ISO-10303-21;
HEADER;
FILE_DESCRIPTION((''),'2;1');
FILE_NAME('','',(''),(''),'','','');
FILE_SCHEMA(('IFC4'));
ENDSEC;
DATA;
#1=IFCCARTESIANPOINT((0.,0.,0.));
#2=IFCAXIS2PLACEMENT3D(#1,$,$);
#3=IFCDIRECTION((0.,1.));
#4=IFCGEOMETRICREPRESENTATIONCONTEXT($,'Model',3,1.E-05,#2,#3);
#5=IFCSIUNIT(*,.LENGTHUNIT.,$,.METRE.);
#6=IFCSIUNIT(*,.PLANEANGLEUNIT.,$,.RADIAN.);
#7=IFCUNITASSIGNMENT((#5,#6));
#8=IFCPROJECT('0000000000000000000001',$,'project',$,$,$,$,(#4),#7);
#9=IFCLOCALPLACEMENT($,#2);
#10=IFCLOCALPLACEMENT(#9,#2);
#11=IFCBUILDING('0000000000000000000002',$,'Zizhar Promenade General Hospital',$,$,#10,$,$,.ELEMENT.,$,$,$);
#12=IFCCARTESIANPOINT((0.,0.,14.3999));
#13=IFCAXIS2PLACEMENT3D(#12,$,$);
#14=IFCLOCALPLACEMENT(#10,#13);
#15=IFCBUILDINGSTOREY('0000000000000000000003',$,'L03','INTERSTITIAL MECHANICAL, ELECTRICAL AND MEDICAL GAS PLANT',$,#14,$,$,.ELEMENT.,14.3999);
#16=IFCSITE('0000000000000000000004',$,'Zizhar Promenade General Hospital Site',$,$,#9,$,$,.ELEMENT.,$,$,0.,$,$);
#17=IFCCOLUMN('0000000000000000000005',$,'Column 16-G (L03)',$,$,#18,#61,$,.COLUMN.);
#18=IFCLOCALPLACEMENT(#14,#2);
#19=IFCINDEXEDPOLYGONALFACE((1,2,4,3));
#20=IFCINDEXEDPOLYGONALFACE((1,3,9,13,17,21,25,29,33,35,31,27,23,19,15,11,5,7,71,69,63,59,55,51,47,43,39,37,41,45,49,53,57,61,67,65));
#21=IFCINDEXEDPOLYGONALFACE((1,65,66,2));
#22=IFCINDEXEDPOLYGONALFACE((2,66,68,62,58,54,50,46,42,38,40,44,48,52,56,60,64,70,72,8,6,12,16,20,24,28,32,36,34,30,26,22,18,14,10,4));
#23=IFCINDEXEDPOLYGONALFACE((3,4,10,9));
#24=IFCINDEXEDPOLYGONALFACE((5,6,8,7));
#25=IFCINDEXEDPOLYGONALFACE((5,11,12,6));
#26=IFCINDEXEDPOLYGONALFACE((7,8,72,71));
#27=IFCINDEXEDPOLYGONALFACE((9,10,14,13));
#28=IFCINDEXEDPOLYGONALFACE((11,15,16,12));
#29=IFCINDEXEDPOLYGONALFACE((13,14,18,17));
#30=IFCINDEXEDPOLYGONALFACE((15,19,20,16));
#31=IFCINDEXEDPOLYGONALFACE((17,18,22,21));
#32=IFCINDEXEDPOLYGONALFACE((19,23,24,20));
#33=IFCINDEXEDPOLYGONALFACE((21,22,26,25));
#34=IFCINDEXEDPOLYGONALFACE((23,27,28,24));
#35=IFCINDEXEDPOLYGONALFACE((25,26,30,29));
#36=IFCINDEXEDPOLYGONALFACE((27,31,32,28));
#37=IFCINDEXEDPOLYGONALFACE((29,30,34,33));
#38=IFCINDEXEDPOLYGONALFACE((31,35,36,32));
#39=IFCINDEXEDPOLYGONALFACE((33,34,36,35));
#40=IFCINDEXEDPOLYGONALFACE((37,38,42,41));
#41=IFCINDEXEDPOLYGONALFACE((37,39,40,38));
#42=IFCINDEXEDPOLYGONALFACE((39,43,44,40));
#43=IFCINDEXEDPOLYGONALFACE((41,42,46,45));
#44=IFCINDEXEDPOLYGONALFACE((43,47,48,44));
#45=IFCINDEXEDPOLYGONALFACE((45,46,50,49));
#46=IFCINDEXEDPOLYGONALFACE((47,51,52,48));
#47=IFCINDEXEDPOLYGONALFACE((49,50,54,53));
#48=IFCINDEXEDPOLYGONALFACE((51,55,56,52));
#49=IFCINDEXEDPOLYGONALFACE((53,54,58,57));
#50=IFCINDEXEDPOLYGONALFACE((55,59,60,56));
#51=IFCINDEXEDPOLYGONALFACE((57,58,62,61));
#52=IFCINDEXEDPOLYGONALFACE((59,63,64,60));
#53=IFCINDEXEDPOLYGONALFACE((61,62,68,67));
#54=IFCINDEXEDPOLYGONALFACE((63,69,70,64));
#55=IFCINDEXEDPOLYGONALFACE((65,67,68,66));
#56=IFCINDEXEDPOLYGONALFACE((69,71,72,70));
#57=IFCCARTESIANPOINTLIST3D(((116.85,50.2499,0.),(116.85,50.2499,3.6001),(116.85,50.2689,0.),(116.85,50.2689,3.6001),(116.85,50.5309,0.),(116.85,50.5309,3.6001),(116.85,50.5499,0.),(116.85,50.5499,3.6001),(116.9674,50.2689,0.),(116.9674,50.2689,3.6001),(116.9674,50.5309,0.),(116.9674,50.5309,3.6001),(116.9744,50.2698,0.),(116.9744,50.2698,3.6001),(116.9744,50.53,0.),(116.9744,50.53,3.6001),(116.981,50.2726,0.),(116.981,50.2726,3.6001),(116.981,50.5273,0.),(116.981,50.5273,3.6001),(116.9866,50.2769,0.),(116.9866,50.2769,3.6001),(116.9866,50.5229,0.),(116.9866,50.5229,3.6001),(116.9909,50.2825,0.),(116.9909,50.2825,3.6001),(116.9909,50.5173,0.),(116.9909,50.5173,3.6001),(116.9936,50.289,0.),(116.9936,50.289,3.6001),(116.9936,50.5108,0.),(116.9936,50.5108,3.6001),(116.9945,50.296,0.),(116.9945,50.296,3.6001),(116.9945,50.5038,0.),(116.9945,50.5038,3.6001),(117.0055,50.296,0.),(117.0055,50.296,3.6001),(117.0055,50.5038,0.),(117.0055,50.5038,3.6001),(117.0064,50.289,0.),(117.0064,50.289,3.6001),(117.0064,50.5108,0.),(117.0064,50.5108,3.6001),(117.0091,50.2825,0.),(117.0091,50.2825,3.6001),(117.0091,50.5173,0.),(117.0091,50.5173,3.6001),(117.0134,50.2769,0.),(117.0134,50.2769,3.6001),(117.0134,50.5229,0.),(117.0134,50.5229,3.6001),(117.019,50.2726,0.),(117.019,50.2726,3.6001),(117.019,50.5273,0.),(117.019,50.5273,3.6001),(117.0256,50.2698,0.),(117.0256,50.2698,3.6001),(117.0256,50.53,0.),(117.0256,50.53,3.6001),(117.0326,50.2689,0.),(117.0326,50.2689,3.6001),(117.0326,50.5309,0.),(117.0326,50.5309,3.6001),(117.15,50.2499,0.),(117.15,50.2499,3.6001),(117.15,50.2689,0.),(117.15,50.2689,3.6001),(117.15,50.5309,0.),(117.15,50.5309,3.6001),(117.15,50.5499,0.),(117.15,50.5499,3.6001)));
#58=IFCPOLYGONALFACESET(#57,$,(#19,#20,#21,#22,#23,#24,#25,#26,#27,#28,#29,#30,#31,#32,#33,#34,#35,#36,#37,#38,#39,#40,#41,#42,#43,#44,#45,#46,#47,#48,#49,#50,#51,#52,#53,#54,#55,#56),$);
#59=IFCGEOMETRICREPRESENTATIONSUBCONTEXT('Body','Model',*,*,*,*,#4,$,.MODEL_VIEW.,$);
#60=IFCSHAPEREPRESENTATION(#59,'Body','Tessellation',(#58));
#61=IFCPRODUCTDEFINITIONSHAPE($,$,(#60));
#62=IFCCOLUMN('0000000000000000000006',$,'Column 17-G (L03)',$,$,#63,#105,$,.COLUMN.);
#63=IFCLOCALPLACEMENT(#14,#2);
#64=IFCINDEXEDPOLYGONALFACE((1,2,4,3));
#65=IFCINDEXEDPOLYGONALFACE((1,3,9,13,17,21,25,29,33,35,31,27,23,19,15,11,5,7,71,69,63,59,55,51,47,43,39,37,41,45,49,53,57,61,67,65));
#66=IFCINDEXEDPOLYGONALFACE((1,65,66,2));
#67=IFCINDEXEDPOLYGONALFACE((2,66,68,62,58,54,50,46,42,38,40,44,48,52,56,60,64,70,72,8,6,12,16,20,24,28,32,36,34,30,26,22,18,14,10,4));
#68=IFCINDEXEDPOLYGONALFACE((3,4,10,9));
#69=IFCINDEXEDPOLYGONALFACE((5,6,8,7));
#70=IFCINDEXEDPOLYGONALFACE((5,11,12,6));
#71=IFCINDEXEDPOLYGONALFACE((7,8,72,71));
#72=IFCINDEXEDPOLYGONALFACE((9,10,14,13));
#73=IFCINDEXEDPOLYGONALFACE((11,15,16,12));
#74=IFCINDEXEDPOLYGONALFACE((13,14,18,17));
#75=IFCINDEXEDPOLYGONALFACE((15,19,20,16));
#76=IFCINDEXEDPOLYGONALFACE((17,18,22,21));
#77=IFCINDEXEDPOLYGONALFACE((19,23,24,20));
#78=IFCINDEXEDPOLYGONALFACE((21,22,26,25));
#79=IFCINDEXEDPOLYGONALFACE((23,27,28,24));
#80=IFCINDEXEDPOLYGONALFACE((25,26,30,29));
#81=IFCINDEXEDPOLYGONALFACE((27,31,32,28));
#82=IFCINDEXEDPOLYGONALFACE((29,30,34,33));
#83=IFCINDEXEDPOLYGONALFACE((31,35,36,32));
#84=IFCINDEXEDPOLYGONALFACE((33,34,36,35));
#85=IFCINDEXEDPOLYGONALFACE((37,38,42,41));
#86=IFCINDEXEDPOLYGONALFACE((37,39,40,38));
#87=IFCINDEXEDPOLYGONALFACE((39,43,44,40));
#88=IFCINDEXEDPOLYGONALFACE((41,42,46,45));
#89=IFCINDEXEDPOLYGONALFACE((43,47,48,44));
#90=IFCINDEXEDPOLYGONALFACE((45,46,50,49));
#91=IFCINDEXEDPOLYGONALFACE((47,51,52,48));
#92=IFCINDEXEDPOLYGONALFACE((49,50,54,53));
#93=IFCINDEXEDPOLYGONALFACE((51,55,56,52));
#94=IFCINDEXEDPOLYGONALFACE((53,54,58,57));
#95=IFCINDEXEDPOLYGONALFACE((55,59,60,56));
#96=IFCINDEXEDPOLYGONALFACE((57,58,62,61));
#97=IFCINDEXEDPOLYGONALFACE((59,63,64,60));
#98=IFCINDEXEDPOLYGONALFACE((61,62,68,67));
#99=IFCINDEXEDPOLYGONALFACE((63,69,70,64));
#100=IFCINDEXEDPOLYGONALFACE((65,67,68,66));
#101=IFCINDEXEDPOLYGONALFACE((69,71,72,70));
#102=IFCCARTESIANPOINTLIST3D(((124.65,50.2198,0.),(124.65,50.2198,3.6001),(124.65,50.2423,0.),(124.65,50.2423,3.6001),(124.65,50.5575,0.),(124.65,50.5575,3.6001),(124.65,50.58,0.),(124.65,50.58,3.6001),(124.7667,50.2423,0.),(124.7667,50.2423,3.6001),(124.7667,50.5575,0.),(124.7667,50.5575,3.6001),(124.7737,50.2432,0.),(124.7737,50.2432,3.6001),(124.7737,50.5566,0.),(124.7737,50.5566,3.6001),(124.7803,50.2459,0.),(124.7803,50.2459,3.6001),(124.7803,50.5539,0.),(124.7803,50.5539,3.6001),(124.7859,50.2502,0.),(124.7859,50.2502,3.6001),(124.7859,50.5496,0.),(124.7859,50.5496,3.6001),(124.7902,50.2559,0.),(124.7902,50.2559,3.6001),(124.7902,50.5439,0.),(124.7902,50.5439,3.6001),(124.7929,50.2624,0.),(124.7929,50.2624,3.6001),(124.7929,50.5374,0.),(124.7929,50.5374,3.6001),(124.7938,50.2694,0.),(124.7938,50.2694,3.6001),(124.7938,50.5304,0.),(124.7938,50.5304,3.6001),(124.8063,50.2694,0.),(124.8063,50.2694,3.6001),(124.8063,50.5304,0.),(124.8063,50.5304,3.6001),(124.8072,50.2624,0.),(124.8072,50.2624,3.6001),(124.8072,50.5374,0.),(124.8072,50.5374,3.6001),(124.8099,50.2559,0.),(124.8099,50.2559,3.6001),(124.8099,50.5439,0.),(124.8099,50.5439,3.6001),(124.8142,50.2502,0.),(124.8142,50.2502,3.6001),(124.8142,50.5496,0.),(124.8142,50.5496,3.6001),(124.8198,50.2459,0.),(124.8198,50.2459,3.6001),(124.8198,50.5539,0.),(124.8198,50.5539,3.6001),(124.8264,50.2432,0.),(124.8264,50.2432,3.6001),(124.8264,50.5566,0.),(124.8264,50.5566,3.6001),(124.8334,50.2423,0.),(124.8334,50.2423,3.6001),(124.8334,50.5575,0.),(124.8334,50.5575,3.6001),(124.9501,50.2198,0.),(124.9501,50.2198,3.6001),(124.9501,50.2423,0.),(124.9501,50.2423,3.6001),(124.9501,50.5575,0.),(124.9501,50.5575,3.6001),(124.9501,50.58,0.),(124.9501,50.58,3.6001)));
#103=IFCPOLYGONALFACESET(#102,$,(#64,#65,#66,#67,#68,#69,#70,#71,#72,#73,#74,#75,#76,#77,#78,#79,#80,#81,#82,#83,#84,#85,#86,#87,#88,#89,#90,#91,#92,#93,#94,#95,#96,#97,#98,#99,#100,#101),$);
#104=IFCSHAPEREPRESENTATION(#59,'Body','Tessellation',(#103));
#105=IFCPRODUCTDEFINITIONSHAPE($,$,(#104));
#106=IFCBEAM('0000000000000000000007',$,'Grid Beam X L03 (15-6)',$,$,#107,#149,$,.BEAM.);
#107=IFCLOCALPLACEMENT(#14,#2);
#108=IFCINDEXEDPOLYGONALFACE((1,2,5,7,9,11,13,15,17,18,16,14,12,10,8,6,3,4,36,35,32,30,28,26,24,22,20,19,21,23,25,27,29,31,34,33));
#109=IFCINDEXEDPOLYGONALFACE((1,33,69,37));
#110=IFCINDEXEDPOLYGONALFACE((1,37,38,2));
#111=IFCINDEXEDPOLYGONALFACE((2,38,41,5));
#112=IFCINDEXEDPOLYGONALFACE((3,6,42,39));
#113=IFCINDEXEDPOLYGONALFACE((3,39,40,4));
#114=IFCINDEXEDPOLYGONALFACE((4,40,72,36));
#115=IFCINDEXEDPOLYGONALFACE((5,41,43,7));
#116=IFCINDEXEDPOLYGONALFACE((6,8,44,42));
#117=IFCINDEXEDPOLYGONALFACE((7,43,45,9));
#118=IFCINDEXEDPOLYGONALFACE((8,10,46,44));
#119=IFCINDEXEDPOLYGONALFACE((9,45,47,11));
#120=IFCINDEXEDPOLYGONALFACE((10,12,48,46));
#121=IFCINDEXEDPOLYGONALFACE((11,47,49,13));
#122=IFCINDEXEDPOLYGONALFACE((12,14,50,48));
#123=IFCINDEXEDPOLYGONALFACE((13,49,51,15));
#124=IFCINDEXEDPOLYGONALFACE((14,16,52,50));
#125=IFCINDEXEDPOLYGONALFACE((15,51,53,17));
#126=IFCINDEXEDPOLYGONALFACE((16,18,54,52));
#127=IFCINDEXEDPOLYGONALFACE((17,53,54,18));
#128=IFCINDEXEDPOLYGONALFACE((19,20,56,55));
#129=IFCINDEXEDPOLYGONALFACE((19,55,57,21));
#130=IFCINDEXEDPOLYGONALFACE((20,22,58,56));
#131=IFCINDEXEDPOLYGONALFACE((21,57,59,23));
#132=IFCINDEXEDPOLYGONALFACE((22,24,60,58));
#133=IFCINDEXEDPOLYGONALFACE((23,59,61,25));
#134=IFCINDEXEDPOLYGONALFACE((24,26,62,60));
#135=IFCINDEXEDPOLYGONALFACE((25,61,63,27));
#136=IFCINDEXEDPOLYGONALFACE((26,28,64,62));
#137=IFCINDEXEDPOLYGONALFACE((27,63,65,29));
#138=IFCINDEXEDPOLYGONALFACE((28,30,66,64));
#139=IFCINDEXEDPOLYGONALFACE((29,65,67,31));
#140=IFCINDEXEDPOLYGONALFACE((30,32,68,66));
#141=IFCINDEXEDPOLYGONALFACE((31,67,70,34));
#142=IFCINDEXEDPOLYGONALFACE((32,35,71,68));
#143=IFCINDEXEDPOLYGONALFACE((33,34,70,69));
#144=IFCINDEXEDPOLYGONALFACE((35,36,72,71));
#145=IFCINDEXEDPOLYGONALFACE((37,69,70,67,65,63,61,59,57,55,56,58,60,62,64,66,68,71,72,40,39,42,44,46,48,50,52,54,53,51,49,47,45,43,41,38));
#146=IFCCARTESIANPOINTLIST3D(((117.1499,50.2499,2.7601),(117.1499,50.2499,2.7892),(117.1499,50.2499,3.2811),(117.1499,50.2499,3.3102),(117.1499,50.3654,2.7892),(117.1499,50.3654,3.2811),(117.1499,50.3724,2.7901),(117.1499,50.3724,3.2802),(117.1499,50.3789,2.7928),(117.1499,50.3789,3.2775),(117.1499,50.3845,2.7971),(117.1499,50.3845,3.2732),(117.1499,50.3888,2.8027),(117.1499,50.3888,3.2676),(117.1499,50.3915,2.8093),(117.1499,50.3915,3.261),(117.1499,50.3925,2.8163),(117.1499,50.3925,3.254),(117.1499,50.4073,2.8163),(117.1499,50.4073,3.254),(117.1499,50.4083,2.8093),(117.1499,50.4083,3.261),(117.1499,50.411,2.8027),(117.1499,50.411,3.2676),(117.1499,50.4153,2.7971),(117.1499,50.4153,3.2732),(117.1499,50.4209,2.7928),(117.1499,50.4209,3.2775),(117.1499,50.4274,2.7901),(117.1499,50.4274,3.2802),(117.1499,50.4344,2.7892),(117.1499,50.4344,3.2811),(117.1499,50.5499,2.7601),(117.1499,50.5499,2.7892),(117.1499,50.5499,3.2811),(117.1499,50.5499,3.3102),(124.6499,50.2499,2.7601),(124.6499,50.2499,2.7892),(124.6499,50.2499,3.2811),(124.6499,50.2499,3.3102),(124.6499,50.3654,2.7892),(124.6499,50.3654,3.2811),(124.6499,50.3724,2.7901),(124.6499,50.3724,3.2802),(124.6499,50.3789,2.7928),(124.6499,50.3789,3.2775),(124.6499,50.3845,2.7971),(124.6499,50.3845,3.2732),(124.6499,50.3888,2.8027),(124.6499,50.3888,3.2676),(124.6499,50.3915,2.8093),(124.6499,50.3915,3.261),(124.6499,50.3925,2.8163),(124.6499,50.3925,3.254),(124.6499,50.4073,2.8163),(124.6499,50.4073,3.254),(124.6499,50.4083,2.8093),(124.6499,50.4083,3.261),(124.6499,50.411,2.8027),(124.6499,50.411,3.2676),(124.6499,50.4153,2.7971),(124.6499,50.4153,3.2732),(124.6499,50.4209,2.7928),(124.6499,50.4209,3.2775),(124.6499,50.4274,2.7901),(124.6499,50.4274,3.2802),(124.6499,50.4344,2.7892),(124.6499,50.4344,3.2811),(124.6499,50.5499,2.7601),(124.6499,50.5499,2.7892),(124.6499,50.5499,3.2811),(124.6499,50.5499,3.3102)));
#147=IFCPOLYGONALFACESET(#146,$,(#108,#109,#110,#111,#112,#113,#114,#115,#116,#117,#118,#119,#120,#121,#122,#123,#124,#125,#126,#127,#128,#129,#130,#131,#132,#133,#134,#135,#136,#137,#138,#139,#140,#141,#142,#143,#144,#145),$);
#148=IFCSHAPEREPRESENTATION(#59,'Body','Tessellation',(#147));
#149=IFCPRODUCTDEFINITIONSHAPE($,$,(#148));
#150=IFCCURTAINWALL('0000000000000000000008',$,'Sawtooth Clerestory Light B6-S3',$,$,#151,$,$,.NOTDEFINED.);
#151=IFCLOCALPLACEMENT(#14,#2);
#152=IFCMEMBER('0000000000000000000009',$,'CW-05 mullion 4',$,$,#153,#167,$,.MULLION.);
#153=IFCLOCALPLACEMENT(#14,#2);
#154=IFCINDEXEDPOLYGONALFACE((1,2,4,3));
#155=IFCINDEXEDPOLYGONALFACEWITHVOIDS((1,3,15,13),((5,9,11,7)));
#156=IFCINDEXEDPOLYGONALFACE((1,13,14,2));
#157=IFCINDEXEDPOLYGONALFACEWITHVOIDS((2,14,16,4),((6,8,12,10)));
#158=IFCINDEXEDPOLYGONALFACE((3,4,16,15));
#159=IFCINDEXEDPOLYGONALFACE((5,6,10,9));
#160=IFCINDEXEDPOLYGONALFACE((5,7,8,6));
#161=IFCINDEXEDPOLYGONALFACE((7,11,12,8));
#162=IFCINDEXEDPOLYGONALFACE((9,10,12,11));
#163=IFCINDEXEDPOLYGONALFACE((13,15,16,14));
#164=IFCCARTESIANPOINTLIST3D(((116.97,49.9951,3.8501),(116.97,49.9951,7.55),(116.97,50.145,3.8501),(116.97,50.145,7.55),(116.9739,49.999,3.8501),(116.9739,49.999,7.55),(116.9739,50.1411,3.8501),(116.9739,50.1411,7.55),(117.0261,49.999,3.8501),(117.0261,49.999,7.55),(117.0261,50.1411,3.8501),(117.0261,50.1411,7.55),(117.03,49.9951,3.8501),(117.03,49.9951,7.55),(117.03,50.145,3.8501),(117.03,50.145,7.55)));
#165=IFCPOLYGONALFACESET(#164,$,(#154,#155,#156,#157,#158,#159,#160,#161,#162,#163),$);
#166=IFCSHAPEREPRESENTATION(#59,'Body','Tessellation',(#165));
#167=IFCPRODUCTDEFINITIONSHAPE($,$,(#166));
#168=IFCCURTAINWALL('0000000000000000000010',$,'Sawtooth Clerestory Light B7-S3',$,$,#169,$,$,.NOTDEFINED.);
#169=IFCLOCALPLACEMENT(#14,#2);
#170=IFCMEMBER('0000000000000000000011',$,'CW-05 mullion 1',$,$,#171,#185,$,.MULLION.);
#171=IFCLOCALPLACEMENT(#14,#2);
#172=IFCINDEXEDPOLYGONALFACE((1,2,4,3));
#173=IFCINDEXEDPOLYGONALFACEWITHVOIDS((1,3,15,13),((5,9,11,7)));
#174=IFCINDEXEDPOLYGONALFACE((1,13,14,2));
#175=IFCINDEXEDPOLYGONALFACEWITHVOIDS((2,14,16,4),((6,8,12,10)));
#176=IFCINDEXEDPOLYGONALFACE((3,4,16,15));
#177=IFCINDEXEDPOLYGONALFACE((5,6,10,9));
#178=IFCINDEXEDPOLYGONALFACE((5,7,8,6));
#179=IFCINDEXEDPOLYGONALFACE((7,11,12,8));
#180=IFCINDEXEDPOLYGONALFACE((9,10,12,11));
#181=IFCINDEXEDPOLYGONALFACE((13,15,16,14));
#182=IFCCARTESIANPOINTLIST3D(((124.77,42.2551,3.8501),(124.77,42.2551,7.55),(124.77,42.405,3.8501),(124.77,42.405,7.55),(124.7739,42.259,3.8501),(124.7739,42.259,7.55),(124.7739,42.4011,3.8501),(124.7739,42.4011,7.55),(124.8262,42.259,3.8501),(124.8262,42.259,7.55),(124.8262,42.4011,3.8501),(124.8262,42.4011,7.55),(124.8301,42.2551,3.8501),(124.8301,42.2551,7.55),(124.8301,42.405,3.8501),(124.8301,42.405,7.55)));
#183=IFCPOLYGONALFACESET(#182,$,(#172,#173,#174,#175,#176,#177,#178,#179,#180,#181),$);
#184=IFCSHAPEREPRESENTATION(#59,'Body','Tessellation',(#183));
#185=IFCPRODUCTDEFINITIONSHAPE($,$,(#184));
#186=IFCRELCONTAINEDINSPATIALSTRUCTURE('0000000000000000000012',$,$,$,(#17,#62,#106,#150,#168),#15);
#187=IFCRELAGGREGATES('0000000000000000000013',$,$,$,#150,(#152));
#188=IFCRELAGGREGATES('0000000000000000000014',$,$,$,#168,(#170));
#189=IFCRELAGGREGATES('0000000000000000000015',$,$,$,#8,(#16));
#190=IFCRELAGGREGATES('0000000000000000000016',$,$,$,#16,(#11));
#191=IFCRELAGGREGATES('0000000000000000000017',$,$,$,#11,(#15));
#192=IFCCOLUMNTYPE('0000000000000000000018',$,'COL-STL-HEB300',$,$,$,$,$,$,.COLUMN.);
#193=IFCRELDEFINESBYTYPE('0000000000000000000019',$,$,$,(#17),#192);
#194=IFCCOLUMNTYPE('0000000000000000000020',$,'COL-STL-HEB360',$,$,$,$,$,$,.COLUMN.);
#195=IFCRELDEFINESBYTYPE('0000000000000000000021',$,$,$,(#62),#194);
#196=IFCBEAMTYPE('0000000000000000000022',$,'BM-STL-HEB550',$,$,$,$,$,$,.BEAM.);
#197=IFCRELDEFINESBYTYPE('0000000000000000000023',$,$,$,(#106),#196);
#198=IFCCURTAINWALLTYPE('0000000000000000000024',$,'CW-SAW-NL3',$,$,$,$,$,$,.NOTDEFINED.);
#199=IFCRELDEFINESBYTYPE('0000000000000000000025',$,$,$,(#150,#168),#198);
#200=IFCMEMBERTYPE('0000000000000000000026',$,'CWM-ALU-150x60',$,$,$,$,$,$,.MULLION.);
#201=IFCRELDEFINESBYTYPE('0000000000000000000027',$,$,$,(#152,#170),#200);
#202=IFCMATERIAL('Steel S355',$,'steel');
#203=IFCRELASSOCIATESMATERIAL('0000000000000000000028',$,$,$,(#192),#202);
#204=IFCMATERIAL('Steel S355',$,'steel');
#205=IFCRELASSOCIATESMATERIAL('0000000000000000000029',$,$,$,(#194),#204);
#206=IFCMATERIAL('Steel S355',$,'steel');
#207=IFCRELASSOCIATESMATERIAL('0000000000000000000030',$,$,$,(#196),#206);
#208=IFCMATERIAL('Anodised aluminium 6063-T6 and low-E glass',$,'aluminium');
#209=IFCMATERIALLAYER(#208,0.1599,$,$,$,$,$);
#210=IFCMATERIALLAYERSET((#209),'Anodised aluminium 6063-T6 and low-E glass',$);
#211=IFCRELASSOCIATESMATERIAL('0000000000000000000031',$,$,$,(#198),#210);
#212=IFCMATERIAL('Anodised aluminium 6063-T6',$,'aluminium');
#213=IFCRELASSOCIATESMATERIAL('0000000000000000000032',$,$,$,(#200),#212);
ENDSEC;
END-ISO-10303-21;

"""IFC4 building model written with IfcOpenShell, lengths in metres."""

from ifc_helpers import new_model, si_unit, direction, frame, origin, origin_2d, place, context, subcontext, project, spatial, hollow_rectangle, i_section, extrude, material, layer, layer_set, material_profile, profile_set, type_object, element, aggregate, save


model = new_model("IFC4")

# Units and contexts
model_context = context("Model", 3, precision=1e-05, world=origin(), true_north=direction((0.0, 1.0)))
body_context = subcontext(model_context, "Body", "Model", "MODEL_VIEW")
ifc_project = project(units=[si_unit("LENGTHUNIT", "METRE"), si_unit("PLANEANGLEUNIT", "RADIAN")], contexts=[model_context])

# Site, building, storey
site_placement = place(None, origin())
site = spatial("IfcSite", under=ifc_project, at=site_placement, Name="Zizhar Promenade General Hospital Site", CompositionType="ELEMENT", RefElevation=0.0)
building_placement = place(site_placement, origin())
building = spatial("IfcBuilding", under=site, at=building_placement, Name="Zizhar Promenade General Hospital", CompositionType="ELEMENT")
storey_placement = place(building_placement, frame((0.0, 0.0, 14.3999)))
storey = spatial("IfcBuildingStorey", under=building, at=storey_placement, Name="L03", Description="INTERSTITIAL MECHANICAL, ELECTRICAL AND MEDICAL GAS PLANT", CompositionType="ELEMENT", Elevation=14.3999)

# Columns
ifc_material_1 = material(Name="Steel S355", Category="steel")
ifc_material_profile_1 = material_profile(ifc_material_1, i_section(OverallWidth=0.3, OverallDepth=0.3, WebThickness=0.011, FlangeThickness=0.019, FilletRadius=0.0271, at=origin_2d()))
ifc_profile_set_1 = profile_set([ifc_material_profile_1], Name="Steel S355")
column_type_1 = type_object("IfcColumnType", Name="COL-STL-HEB300", PredefinedType="COLUMN", material=ifc_profile_set_1)
column_1_placement = place(storey_placement, frame((117.0, 50.3999, 0.0), z_axis=(0.0, 0.0, 1.0), x_axis=(1.0, 0.0, 0.0)))
element("IfcColumn", 1, at=column_1_placement, inside=storey, type_object=column_type_1, Name="Column 16-G (L03)", PredefinedType="COLUMN", context=body_context, shape_type="SweptSolid", body=[
    extrude(i_section(OverallWidth=0.3, OverallDepth=0.3, WebThickness=0.011, FlangeThickness=0.019, FilletRadius=0.0271, at=origin_2d()), origin(), (0.0, 0.0, 1.0), 3.6001),
])
ifc_material_2 = material(Name="Steel S355", Category="steel")
ifc_material_profile_2 = material_profile(ifc_material_2, i_section(OverallWidth=0.3, OverallDepth=0.3601, WebThickness=0.0125, FlangeThickness=0.0225, FilletRadius=0.0271, at=origin_2d()))
ifc_profile_set_2 = profile_set([ifc_material_profile_2], Name="Steel S355")
column_type_2 = type_object("IfcColumnType", Name="COL-STL-HEB360", PredefinedType="COLUMN", material=ifc_profile_set_2)
column_2_placement = place(storey_placement, frame((124.8, 50.3999, 0.0), z_axis=(0.0, 0.0, 1.0), x_axis=(1.0, 0.0, 0.0)))
element("IfcColumn", 2, at=column_2_placement, inside=storey, type_object=column_type_2, Name="Column 17-G (L03)", PredefinedType="COLUMN", context=body_context, shape_type="SweptSolid", body=[
    extrude(i_section(OverallWidth=0.3, OverallDepth=0.3601, WebThickness=0.0125, FlangeThickness=0.0225, FilletRadius=0.0271, at=origin_2d()), origin(), (0.0, 0.0, 1.0), 3.6001),
])

# Beam
ifc_material_3 = material(Name="Steel S355", Category="steel")
ifc_material_profile_3 = material_profile(ifc_material_3, i_section(OverallWidth=0.3, OverallDepth=0.55, WebThickness=0.0149, FlangeThickness=0.0291, FilletRadius=0.0271, at=origin_2d()))
ifc_profile_set_3 = profile_set([ifc_material_profile_3], Name="Steel S355")
beam_type = type_object("IfcBeamType", Name="BM-STL-HEB550", PredefinedType="BEAM", material=ifc_profile_set_3)
beam_placement = place(storey_placement, frame((117.1499, 50.3999, 3.0352), z_axis=(1.0, 0.0, 0.0), x_axis=(0.0, 1.0, 0.0)))
element("IfcBeam", 3, at=beam_placement, inside=storey, type_object=beam_type, Name="Grid Beam X L03 (15-6)", PredefinedType="BEAM", context=body_context, shape_type="SweptSolid", body=[
    extrude(i_section(OverallWidth=0.3, OverallDepth=0.55, WebThickness=0.0149, FlangeThickness=0.0291, FilletRadius=0.0271, at=origin_2d()), origin(), (0.0, 0.0, 1.0), 7.5),
])

# Curtain wall, member
ifc_material_4 = material(Name="Anodised aluminium 6063-T6 and low-E glass", Category="aluminium")
ifc_layer_1 = layer(ifc_material_4, 0.1599)
ifc_layer_set_1 = layer_set([ifc_layer_1], Name="Anodised aluminium 6063-T6 and low-E glass")
curtain_wall_type = type_object("IfcCurtainWallType", Name="CW-SAW-NL3", PredefinedType="NOTDEFINED", material=ifc_layer_set_1)
curtain_wall_1_placement = place(storey_placement, origin())
curtain_wall_1 = element("IfcCurtainWall", 4, at=curtain_wall_1_placement, inside=storey, type_object=curtain_wall_type, Name="Sawtooth Clerestory Light B6-S3", PredefinedType="NOTDEFINED")
ifc_material_5 = material(Name="Anodised aluminium 6063-T6", Category="aluminium")
ifc_material_profile_4 = material_profile(ifc_material_5, hollow_rectangle(XDim=0.0601, YDim=0.1499, WallThickness=0.0039, at=origin_2d()))
ifc_profile_set_4 = profile_set([ifc_material_profile_4], Name="Anodised aluminium 6063-T6")
member_type_1 = type_object("IfcMemberType", Name="CWM-ALU-150x60", PredefinedType="MULLION", material=ifc_profile_set_4)
member_1_placement = place(storey_placement, frame((117.0, 50.0701, 3.8501), z_axis=(0.0, 0.0, 1.0), x_axis=(-1.0, 0.0, 0.0)))
member_1 = element("IfcMember", 5, at=member_1_placement, type_object=member_type_1, Name="CW-05 mullion 4", PredefinedType="MULLION", context=body_context, shape_type="SweptSolid", body=[
    extrude(hollow_rectangle(XDim=0.0601, YDim=0.1499, WallThickness=0.0039, at=origin_2d()), origin(), (0.0, 0.0, 1.0), 3.7),
])

# Curtain wall, member
curtain_wall_2_placement = place(storey_placement, origin())
curtain_wall_2 = element("IfcCurtainWall", 6, at=curtain_wall_2_placement, inside=storey, type_object=curtain_wall_type, Name="Sawtooth Clerestory Light B7-S3", PredefinedType="NOTDEFINED")
member_2_placement = place(storey_placement, frame((124.8, 42.3301, 3.8501), z_axis=(0.0, 0.0, 1.0), x_axis=(-1.0, 0.0, 0.0)))
member_2 = element("IfcMember", 7, at=member_2_placement, type_object=member_type_1, Name="CW-05 mullion 1", PredefinedType="MULLION", context=body_context, shape_type="SweptSolid", body=[
    extrude(hollow_rectangle(XDim=0.0601, YDim=0.1499, WallThickness=0.0039, at=origin_2d()), origin(), (0.0, 0.0, 1.0), 3.7),
])

aggregate(curtain_wall_1, [member_1])
aggregate(curtain_wall_2, [member_2])

save(model, "model.ifc")
